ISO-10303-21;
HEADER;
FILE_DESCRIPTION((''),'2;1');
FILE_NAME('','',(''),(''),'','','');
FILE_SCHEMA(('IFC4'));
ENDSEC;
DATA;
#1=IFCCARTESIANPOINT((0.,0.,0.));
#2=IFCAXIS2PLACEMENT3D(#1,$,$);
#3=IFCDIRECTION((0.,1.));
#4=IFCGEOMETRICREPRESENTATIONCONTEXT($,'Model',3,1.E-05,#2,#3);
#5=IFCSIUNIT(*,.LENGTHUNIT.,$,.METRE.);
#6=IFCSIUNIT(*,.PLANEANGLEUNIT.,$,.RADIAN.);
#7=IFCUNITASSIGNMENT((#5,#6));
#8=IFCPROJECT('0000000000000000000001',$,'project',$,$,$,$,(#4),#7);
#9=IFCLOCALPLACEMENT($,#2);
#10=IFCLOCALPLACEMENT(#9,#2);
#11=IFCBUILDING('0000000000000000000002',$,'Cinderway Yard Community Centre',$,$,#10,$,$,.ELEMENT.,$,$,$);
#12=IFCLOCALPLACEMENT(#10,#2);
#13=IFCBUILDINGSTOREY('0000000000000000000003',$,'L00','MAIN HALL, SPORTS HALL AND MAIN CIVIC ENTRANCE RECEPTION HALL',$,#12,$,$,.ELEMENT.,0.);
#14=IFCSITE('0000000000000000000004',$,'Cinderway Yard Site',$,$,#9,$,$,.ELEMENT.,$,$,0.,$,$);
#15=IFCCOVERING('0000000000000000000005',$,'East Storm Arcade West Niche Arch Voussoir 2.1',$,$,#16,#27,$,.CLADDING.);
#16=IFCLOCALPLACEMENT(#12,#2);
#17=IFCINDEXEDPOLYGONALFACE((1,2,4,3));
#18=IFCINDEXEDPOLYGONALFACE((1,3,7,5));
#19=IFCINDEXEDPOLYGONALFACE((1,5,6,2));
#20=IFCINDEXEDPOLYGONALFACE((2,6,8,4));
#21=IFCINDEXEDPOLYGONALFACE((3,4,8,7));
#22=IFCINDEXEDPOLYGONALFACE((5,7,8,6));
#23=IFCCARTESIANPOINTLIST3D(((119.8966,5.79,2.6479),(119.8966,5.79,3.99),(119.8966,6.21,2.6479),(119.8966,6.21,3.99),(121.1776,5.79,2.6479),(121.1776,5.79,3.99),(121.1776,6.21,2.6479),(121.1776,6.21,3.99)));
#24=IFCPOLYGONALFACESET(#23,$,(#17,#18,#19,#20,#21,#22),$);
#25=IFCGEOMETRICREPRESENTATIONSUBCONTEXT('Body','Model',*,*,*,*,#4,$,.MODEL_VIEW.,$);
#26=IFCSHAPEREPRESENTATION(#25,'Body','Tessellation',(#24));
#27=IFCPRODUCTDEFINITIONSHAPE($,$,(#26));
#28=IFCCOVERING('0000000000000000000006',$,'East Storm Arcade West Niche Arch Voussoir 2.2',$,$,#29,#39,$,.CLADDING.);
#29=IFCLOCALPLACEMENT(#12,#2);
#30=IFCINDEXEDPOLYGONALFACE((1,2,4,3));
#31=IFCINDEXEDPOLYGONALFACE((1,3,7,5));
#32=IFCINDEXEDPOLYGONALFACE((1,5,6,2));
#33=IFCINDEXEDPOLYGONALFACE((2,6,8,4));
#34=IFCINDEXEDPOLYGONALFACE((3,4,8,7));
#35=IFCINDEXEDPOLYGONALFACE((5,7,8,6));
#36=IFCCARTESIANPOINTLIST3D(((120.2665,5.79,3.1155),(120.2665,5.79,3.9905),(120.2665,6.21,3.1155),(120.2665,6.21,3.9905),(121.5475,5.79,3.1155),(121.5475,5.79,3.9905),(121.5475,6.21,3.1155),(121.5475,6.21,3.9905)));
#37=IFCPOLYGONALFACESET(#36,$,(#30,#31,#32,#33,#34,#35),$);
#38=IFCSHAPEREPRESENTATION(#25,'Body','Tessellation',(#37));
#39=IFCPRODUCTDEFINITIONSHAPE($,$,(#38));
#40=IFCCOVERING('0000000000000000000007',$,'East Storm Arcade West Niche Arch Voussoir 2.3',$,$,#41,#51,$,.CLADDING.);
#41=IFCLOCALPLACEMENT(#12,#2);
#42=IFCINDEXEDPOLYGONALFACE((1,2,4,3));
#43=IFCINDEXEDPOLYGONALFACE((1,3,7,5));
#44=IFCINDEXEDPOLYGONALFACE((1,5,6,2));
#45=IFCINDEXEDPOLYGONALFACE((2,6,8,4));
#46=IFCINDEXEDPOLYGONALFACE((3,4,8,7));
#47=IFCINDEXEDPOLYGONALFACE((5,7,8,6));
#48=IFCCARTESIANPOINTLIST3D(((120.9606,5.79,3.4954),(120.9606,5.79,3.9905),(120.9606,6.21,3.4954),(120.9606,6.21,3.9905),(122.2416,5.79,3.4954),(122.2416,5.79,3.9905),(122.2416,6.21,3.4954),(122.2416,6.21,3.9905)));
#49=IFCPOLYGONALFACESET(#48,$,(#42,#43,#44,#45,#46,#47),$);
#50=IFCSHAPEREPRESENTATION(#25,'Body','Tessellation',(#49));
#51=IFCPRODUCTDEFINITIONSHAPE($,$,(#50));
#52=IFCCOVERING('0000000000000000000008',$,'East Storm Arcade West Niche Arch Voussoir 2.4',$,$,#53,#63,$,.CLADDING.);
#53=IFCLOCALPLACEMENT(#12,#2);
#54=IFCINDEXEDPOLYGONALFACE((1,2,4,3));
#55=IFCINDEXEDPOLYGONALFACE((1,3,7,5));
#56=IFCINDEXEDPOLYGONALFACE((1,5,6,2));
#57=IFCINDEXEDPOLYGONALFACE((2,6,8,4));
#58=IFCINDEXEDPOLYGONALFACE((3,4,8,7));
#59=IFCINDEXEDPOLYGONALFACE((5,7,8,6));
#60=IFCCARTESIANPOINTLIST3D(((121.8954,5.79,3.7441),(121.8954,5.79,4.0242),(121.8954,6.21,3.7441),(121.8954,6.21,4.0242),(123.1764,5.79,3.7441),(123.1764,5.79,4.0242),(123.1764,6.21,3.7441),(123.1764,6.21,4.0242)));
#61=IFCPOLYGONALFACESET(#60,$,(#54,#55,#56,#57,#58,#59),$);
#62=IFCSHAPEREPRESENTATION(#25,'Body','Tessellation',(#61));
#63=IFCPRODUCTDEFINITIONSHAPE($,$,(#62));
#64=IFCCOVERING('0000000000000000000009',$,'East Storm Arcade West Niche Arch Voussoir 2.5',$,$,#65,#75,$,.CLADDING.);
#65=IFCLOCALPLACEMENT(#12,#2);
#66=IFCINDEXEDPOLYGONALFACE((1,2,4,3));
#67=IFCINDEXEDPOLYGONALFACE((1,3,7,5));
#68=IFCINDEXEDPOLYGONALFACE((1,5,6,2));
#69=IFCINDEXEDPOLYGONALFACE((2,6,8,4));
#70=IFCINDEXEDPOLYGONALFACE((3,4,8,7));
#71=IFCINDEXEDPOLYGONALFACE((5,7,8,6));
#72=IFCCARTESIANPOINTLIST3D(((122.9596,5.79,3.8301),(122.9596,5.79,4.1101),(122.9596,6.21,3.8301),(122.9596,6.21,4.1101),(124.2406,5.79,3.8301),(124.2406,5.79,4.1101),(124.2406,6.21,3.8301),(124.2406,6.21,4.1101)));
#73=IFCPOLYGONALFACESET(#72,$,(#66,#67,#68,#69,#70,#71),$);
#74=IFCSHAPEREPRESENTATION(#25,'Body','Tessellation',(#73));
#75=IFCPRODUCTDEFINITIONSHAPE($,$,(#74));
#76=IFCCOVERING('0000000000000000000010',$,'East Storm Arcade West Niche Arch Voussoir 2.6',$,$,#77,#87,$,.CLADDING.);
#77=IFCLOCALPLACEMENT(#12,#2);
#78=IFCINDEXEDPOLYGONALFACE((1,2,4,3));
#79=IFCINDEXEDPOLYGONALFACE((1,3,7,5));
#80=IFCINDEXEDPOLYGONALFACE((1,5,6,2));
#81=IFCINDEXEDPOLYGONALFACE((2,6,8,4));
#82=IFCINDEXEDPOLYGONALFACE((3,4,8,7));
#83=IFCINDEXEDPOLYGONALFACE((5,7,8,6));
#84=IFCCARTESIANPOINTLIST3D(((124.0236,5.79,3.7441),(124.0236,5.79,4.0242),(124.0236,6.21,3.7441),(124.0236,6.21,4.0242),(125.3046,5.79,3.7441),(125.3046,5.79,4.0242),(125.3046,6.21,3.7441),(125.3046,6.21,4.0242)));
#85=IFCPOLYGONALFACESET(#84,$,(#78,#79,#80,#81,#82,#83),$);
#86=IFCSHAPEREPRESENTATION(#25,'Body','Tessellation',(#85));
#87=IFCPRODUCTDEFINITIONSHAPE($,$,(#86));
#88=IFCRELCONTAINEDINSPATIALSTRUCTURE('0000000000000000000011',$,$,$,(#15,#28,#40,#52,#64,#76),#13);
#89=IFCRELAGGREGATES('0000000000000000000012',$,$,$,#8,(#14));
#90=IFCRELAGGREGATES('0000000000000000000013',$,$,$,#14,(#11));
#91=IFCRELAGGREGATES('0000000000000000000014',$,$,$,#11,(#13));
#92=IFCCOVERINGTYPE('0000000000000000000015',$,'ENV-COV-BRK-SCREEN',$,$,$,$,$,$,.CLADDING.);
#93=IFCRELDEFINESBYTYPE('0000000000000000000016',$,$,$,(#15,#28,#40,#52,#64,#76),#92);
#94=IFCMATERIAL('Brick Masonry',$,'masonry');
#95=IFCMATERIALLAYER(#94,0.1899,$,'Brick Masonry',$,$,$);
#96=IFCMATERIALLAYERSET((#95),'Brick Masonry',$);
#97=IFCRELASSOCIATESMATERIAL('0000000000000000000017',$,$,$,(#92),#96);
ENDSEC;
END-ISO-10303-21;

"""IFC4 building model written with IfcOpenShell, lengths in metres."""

from ifc_helpers import new_model, si_unit, direction, frame, origin, origin_2d, place, context, subcontext, project, spatial, rectangle, extrude, material, layer, layer_set, type_object, element, save


model = new_model("IFC4")

# Units and contexts
model_context = context("Model", 3, precision=1e-05, world=origin(), true_north=direction((0.0, 1.0)))
body_context = subcontext(model_context, "Body", "Model", "MODEL_VIEW")
ifc_project = project(units=[si_unit("LENGTHUNIT", "METRE"), si_unit("PLANEANGLEUNIT", "RADIAN")], contexts=[model_context])

# Site, building, storey
site_placement = place(None, origin())
site = spatial("IfcSite", under=ifc_project, at=site_placement, Name="Cinderway Yard Site", CompositionType="ELEMENT", RefElevation=0.0)
building_placement = place(site_placement, origin())
building = spatial("IfcBuilding", under=site, at=building_placement, Name="Cinderway Yard Community Centre", CompositionType="ELEMENT")
storey_placement = place(building_placement, origin())
storey = spatial("IfcBuildingStorey", under=building, at=storey_placement, Name="L00", Description="MAIN HALL, SPORTS HALL AND MAIN CIVIC ENTRANCE RECEPTION HALL", CompositionType="ELEMENT", Elevation=0.0)

# Coverings
ifc_material_1 = material(Name="Brick Masonry", Category="masonry")
ifc_layer_1 = layer(ifc_material_1, 0.1899, Name="Brick Masonry")
ifc_layer_set_1 = layer_set([ifc_layer_1], Name="Brick Masonry")
covering_type = type_object("IfcCoveringType", Name="ENV-COV-BRK-SCREEN", PredefinedType="CLADDING", material=ifc_layer_set_1)
covering_1_placement = place(storey_placement, frame((120.5371, 6.0, 2.6479), z_axis=(0.0, 0.0, 1.0), x_axis=(1.0, 0.0, 0.0)))
element("IfcCovering", 1, at=covering_1_placement, inside=storey, type_object=covering_type, Name="East Storm Arcade West Niche Arch Voussoir 2.1", PredefinedType="CLADDING", context=body_context, shape_type="SweptSolid", body=[
    extrude(rectangle(XDim=1.281, YDim=0.4199, at=origin_2d()), origin(), (0.0, 0.0, 1.0), 1.342),
])
covering_2_placement = place(storey_placement, frame((120.907, 6.0, 3.1155), z_axis=(0.0, 0.0, 1.0), x_axis=(1.0, 0.0, 0.0)))
element("IfcCovering", 2, at=covering_2_placement, inside=storey, type_object=covering_type, Name="East Storm Arcade West Niche Arch Voussoir 2.2", PredefinedType="CLADDING", context=body_context, shape_type="SweptSolid", body=[
    extrude(rectangle(XDim=1.281, YDim=0.4199, at=origin_2d()), origin(), (0.0, 0.0, 1.0), 0.875),
])
covering_3_placement = place(storey_placement, frame((121.6011, 6.0, 3.4954), z_axis=(0.0, 0.0, 1.0), x_axis=(1.0, 0.0, 0.0)))
element("IfcCovering", 3, at=covering_3_placement, inside=storey, type_object=covering_type, Name="East Storm Arcade West Niche Arch Voussoir 2.3", PredefinedType="CLADDING", context=body_context, shape_type="SweptSolid", body=[
    extrude(rectangle(XDim=1.281, YDim=0.4199, at=origin_2d()), origin(), (0.0, 0.0, 1.0), 0.4951),
])
for number, where, z_axis, x_axis, name in (
    (4, (122.5359, 6.0, 3.7441), (0.0, 0.0, 1.0), (1.0, 0.0, 0.0), "East Storm Arcade West Niche Arch Voussoir 2.4"),
    (5, (123.6001, 6.0, 3.8301), (0.0, 0.0, 1.0), (1.0, 0.0, 0.0), "East Storm Arcade West Niche Arch Voussoir 2.5"),
    (6, (124.6641, 6.0, 3.7441), (0.0, 0.0, 1.0), (1.0, 0.0, 0.0), "East Storm Arcade West Niche Arch Voussoir 2.6"),
):
    element("IfcCovering", number, at=place(storey_placement, frame(where, z_axis=z_axis, x_axis=x_axis)), inside=storey, type_object=covering_type, Name=name, PredefinedType="CLADDING", context=body_context, shape_type="SweptSolid", body=[
        extrude(rectangle(XDim=1.281, YDim=0.4199, at=origin_2d()), origin(), (0.0, 0.0, 1.0), 0.28),
    ])

save(model, "model.ifc")
